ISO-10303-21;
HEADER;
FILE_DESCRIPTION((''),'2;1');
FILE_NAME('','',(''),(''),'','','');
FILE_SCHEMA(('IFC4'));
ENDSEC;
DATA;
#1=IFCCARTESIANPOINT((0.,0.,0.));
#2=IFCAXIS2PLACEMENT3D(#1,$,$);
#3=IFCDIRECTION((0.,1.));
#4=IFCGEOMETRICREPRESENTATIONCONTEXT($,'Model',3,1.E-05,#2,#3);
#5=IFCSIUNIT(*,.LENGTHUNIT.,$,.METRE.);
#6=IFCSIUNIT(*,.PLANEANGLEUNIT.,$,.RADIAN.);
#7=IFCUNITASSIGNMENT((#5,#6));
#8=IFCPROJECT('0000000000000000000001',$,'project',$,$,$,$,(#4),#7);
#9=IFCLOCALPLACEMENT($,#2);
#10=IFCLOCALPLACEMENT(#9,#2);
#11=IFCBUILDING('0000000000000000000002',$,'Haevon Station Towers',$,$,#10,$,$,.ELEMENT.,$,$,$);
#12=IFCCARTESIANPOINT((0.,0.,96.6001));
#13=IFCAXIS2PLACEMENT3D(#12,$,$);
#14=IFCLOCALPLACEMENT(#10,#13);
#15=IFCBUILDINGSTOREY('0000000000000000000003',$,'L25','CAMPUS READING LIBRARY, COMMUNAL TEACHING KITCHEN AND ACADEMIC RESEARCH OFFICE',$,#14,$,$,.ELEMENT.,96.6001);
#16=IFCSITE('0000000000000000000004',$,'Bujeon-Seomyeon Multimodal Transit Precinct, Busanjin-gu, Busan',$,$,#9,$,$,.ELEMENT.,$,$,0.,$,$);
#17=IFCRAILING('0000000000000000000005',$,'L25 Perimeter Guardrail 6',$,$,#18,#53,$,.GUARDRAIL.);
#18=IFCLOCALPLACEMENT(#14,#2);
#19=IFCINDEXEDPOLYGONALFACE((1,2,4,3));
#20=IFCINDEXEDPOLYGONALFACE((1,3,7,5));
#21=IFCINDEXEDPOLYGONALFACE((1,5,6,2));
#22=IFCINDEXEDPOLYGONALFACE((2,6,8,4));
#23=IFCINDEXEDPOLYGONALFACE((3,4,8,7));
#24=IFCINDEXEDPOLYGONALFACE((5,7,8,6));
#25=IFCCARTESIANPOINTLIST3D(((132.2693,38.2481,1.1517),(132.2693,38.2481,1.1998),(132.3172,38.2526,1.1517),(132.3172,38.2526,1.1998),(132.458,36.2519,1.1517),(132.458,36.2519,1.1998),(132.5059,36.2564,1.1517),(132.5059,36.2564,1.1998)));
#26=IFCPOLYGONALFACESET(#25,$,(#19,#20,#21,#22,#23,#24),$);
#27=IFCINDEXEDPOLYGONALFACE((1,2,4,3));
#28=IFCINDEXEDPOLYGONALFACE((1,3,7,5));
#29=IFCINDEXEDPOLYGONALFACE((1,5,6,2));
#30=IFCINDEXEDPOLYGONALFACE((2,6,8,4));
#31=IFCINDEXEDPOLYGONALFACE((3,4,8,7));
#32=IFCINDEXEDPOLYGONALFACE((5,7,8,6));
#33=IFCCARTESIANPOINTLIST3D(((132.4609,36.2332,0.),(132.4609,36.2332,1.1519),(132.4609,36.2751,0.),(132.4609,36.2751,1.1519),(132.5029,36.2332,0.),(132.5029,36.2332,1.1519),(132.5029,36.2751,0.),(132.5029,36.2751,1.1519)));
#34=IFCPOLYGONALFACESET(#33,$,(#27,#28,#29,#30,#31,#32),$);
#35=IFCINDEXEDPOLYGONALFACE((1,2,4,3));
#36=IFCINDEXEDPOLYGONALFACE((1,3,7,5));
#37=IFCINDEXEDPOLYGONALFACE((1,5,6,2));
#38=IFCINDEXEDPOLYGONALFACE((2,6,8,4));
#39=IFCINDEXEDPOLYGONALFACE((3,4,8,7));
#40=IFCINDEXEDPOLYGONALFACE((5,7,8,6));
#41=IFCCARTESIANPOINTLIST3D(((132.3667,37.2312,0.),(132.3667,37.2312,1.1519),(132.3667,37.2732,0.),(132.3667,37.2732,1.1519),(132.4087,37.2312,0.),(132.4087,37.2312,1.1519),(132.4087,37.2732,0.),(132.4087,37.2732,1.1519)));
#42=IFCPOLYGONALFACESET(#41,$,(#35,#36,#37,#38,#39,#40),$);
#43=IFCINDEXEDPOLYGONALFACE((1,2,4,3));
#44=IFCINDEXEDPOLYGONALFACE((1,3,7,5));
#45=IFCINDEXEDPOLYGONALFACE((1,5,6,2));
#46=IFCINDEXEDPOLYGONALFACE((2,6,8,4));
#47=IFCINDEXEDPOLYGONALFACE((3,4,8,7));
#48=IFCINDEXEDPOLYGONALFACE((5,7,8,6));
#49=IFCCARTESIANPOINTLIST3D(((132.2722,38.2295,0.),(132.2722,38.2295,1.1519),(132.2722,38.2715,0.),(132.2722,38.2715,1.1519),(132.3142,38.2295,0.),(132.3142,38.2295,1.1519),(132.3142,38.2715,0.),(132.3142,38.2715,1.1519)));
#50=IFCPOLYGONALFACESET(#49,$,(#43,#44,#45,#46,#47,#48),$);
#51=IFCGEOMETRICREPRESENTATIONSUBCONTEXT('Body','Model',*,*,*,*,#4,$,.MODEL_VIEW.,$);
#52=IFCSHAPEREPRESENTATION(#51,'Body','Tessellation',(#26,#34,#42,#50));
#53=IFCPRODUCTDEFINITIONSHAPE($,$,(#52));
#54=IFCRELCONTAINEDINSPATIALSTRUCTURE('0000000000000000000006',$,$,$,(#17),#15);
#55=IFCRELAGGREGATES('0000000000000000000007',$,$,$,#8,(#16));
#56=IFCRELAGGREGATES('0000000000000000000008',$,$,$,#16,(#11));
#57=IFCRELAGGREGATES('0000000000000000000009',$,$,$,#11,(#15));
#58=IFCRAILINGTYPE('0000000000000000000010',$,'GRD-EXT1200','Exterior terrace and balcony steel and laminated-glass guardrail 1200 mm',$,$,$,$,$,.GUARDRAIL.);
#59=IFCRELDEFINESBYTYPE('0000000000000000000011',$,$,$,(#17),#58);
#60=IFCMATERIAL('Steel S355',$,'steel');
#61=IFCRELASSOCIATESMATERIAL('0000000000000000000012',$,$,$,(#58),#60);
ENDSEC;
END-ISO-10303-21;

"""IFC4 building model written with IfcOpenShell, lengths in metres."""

from ifc_helpers import new_model, si_unit, direction, frame, origin, origin_2d, place, context, subcontext, project, spatial, rectangle, extrude, material, type_object, element, save


model = new_model("IFC4")

# Units and contexts
model_context = context("Model", 3, precision=1e-05, world=origin(), true_north=direction((0.0, 1.0)))
body_context = subcontext(model_context, "Body", "Model", "MODEL_VIEW")
ifc_project = project(units=[si_unit("LENGTHUNIT", "METRE"), si_unit("PLANEANGLEUNIT", "RADIAN")], contexts=[model_context])

# Site, building, storey
site_placement = place(None, origin())
site = spatial("IfcSite", under=ifc_project, at=site_placement, Name="Bujeon-Seomyeon Multimodal Transit Precinct, Busanjin-gu, Busan", CompositionType="ELEMENT", RefElevation=0.0)
building_placement = place(site_placement, origin())
building = spatial("IfcBuilding", under=site, at=building_placement, Name="Haevon Station Towers", CompositionType="ELEMENT")
storey_placement = place(building_placement, frame((0.0, 0.0, 96.6001)))
storey = spatial("IfcBuildingStorey", under=building, at=storey_placement, Name="L25", Description="CAMPUS READING LIBRARY, COMMUNAL TEACHING KITCHEN AND ACADEMIC RESEARCH OFFICE", CompositionType="ELEMENT", Elevation=96.6001)

# Shared definitions
ifc_material_1 = material(Name="Steel S355", Category="steel")

# Railing
railing_type = type_object("IfcRailingType", Name="GRD-EXT1200", Description="Exterior terrace and balcony steel and laminated-glass guardrail 1200 mm", PredefinedType="GUARDRAIL", material=ifc_material_1)
railing_1_placement = place(storey_placement, frame((132.4819, 36.2542, 0.0)))
element("IfcRailing", 1, at=railing_1_placement, inside=storey, type_object=railing_type, Name="L25 Perimeter Guardrail 6", PredefinedType="GUARDRAIL", context=body_context, shape_type="SweptSolid", body=[
    extrude(rectangle(XDim=0.0481, YDim=0.0481, at=origin_2d()), frame((0.0, 0.0, 1.1758), z_axis=(-0.094114, 0.995561, 0.0), x_axis=(-0.995561, -0.094114, 0.0)), (0.0, 0.0, 1.0), 2.0051),
    extrude(rectangle(XDim=0.042, YDim=0.042, at=origin_2d()), origin(), (0.0, 0.0, 1.0), 1.1519),
    extrude(rectangle(XDim=0.042, YDim=0.042, at=origin_2d()), frame((-0.0942, 0.998, 0.0)), (0.0, 0.0, 1.0), 1.1519),
    extrude(rectangle(XDim=0.042, YDim=0.042, at=origin_2d()), frame((-0.1887, 1.9963, 0.0)), (0.0, 0.0, 1.0), 1.1519),
])

save(model, "model.ifc")
